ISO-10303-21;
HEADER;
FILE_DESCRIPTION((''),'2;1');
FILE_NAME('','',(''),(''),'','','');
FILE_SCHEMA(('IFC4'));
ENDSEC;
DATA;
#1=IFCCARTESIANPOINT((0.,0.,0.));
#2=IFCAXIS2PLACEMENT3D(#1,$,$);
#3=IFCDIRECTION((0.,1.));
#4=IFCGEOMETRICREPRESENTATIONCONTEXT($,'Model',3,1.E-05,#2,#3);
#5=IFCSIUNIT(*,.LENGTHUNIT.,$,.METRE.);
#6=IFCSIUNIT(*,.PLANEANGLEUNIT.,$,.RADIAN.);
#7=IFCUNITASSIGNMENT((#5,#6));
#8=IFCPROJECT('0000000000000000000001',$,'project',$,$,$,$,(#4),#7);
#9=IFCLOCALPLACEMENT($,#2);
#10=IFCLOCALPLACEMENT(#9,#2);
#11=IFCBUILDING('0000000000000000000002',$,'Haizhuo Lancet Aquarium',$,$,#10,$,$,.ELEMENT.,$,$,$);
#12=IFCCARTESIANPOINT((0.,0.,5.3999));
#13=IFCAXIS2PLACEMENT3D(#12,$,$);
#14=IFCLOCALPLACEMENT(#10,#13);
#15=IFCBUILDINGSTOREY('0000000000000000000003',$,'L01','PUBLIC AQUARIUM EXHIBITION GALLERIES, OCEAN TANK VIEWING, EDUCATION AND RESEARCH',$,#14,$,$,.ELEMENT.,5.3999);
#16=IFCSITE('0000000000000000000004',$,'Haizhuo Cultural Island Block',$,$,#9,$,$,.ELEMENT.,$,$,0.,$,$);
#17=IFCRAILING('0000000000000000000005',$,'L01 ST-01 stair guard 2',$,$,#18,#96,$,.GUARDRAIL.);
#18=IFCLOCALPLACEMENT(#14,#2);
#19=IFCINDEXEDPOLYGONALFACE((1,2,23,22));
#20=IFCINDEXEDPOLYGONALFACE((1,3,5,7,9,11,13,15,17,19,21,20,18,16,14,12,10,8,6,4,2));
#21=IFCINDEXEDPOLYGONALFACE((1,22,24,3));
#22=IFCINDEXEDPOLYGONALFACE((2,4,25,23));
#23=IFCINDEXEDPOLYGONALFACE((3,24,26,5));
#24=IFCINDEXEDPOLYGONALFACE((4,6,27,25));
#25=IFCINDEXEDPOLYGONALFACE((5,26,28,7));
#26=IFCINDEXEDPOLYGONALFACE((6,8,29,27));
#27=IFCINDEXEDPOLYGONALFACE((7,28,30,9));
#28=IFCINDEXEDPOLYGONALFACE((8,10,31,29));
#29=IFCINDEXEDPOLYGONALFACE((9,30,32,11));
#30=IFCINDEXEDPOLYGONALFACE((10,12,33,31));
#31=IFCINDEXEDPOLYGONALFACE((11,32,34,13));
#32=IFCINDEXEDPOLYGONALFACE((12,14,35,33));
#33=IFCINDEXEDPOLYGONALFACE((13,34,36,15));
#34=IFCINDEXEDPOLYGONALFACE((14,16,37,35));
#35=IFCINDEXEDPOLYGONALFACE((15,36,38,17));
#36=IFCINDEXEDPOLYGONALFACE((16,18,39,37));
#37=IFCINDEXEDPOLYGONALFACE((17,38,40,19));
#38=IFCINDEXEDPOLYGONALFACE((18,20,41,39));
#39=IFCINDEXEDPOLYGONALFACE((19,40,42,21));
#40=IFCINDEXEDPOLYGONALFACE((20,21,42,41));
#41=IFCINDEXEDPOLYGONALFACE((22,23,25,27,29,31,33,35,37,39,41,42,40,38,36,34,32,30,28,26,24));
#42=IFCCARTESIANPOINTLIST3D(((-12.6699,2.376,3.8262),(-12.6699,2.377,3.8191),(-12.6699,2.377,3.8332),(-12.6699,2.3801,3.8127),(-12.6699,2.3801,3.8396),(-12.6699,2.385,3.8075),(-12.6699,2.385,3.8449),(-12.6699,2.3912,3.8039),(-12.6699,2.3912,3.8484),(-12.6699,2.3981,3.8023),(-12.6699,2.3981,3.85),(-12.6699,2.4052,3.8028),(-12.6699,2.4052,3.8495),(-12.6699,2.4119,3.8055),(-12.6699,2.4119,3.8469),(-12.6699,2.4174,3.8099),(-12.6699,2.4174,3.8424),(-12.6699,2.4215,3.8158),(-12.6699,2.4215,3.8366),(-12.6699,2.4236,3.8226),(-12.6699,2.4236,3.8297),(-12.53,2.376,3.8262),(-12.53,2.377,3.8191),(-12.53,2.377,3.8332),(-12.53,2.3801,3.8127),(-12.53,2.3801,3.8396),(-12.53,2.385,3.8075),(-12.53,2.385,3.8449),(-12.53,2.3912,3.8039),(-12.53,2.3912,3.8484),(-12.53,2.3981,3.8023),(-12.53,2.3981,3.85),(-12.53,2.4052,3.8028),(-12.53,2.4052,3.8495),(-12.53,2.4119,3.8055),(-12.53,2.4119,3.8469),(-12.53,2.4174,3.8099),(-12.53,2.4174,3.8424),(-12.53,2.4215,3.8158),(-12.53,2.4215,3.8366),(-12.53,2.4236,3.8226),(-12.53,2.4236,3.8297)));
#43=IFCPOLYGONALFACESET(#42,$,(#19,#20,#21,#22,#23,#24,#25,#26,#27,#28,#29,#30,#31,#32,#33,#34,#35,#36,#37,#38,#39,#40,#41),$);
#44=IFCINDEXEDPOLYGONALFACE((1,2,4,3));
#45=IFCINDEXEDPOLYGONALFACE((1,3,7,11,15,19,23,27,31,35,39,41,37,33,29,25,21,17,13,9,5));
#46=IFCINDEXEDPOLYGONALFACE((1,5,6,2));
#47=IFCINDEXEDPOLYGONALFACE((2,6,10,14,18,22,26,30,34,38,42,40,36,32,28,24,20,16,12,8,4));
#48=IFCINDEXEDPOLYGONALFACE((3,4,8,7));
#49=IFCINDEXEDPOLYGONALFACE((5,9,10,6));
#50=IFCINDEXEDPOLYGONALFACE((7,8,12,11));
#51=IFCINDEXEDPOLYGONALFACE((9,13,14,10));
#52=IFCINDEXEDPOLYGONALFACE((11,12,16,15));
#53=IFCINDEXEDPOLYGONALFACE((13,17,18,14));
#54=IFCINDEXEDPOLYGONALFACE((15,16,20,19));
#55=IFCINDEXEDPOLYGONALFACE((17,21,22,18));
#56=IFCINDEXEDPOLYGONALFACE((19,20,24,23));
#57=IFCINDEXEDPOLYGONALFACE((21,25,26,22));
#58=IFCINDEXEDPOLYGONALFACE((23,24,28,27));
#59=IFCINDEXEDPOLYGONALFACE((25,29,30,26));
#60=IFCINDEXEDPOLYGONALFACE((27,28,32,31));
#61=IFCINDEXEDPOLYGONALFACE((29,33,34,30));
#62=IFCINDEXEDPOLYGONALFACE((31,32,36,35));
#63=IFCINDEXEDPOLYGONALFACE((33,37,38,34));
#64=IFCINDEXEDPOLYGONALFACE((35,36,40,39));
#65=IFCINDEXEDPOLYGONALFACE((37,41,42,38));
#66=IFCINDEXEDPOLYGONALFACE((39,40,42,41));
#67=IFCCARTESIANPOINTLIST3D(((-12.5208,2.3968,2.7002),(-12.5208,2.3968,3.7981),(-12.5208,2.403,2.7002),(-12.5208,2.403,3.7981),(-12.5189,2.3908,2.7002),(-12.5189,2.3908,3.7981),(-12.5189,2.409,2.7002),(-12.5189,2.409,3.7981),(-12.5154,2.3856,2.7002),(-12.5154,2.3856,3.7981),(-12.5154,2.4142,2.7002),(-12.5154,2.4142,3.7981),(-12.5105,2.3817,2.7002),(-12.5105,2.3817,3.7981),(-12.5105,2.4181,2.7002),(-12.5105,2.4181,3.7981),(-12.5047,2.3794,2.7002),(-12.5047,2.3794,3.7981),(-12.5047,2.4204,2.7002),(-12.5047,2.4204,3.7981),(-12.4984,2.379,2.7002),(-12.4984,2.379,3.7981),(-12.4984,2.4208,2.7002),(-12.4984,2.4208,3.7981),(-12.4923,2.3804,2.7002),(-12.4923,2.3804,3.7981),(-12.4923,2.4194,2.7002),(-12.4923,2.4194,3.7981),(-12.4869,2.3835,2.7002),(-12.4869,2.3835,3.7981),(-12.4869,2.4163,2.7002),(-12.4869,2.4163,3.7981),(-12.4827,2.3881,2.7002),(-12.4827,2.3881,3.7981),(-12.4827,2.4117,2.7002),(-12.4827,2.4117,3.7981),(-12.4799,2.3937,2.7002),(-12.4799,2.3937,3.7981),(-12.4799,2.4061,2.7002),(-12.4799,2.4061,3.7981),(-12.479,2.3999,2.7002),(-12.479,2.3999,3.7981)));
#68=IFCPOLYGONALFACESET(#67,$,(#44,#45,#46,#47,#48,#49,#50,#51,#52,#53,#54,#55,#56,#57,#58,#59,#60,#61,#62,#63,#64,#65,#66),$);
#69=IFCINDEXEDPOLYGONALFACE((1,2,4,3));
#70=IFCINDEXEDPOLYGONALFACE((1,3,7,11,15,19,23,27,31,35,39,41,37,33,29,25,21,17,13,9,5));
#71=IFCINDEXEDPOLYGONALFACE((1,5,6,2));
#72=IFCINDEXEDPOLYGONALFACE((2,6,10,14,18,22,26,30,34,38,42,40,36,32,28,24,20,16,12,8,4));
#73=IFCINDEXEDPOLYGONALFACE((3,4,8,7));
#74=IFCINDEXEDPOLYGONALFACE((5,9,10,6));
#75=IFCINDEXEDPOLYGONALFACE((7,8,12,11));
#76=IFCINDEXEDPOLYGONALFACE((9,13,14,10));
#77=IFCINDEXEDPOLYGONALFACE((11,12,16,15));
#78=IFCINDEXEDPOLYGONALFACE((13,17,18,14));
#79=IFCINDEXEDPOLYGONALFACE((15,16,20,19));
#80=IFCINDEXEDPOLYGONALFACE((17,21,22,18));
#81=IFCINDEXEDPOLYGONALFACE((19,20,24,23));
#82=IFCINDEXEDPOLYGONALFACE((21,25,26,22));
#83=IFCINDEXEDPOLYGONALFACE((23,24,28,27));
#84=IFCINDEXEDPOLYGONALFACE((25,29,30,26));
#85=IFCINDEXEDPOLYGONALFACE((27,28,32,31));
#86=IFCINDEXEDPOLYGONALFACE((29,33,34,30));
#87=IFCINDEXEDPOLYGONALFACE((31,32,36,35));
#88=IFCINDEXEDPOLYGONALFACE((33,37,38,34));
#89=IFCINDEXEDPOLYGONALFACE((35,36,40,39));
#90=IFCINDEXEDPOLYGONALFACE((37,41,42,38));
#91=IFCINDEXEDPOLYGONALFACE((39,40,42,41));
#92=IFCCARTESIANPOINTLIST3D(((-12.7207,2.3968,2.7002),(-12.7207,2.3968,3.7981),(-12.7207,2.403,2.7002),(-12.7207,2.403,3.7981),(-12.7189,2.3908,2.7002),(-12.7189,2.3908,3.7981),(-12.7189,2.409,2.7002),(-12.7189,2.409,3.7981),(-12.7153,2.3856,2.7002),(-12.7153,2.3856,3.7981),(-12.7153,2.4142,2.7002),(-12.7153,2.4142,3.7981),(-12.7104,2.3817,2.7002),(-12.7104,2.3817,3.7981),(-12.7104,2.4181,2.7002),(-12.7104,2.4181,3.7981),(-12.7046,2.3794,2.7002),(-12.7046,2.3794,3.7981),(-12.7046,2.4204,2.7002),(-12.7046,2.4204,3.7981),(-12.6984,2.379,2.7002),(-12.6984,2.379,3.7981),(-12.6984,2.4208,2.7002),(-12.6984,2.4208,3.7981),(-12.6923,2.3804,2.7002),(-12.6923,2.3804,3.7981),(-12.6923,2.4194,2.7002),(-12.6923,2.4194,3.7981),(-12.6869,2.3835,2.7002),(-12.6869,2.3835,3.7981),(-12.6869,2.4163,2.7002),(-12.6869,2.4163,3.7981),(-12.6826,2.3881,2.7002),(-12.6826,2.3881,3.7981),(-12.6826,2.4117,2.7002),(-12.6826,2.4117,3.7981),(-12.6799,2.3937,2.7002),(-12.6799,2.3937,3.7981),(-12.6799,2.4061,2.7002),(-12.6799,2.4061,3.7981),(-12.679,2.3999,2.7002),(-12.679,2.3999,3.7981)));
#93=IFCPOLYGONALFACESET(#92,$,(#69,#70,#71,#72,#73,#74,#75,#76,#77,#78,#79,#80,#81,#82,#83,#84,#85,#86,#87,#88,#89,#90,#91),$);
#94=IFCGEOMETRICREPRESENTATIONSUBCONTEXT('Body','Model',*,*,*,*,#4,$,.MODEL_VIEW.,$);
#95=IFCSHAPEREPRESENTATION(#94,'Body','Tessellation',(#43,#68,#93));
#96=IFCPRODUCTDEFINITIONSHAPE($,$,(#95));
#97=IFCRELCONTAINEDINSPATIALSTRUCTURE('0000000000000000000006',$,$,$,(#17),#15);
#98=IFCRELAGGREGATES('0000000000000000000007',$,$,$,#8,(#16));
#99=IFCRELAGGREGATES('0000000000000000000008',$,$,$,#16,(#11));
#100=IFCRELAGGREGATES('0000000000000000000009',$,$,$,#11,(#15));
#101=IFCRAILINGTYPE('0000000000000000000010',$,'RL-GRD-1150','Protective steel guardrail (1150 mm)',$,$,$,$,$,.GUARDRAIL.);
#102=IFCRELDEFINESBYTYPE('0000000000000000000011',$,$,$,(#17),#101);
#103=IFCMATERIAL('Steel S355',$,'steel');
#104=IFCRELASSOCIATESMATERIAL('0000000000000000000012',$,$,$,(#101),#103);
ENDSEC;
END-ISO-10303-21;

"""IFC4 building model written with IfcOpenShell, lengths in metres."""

from ifc_helpers import new_model, si_unit, direction, frame, origin, origin_2d, place, context, subcontext, project, spatial, circle, extrude, material, type_object, element, save


model = new_model("IFC4")

# Units and contexts
model_context = context("Model", 3, precision=1e-05, world=origin(), true_north=direction((0.0, 1.0)))
body_context = subcontext(model_context, "Body", "Model", "MODEL_VIEW")
ifc_project = project(units=[si_unit("LENGTHUNIT", "METRE"), si_unit("PLANEANGLEUNIT", "RADIAN")], contexts=[model_context])

# Site, building, storey
site_placement = place(None, origin())
site = spatial("IfcSite", under=ifc_project, at=site_placement, Name="Haizhuo Cultural Island Block", CompositionType="ELEMENT", RefElevation=0.0)
building_placement = place(site_placement, origin())
building = spatial("IfcBuilding", under=site, at=building_placement, Name="Haizhuo Lancet Aquarium", CompositionType="ELEMENT")
storey_placement = place(building_placement, frame((0.0, 0.0, 5.3999)))
storey = spatial("IfcBuildingStorey", under=building, at=storey_placement, Name="L01", Description="PUBLIC AQUARIUM EXHIBITION GALLERIES, OCEAN TANK VIEWING, EDUCATION AND RESEARCH", CompositionType="ELEMENT", Elevation=5.3999)

# Shared definitions
ifc_material_1 = material(Name="Steel S355", Category="steel")

# Railing
railing_type_1 = type_object("IfcRailingType", Name="RL-GRD-1150", Description="Protective steel guardrail (1150 mm)", PredefinedType="GUARDRAIL", material=ifc_material_1)
railing_1_placement = place(storey_placement, frame((-12.5, 2.3999, 2.7002)))
element("IfcRailing", 1, at=railing_1_placement, inside=storey, type_object=railing_type_1, Name="L01 ST-01 stair guard 2", PredefinedType="GUARDRAIL", context=body_context, shape_type="SweptSolid", body=[
    extrude(circle(Radius=0.0239, at=origin_2d()), frame((-0.03, 0.0, 1.126), z_axis=(-1.0, 0.0, 0.0), x_axis=(0.0, -1.0, 0.0)), (0.0, 0.0, 1.0), 0.1399),
    extrude(circle(Radius=0.021, at=origin_2d()), origin(), (0.0, 0.0, 1.0), 1.0979),
    extrude(circle(Radius=0.021, at=origin_2d()), frame((-0.2, 0.0, 0.0)), (0.0, 0.0, 1.0), 1.0979),
])

save(model, "model.ifc")
